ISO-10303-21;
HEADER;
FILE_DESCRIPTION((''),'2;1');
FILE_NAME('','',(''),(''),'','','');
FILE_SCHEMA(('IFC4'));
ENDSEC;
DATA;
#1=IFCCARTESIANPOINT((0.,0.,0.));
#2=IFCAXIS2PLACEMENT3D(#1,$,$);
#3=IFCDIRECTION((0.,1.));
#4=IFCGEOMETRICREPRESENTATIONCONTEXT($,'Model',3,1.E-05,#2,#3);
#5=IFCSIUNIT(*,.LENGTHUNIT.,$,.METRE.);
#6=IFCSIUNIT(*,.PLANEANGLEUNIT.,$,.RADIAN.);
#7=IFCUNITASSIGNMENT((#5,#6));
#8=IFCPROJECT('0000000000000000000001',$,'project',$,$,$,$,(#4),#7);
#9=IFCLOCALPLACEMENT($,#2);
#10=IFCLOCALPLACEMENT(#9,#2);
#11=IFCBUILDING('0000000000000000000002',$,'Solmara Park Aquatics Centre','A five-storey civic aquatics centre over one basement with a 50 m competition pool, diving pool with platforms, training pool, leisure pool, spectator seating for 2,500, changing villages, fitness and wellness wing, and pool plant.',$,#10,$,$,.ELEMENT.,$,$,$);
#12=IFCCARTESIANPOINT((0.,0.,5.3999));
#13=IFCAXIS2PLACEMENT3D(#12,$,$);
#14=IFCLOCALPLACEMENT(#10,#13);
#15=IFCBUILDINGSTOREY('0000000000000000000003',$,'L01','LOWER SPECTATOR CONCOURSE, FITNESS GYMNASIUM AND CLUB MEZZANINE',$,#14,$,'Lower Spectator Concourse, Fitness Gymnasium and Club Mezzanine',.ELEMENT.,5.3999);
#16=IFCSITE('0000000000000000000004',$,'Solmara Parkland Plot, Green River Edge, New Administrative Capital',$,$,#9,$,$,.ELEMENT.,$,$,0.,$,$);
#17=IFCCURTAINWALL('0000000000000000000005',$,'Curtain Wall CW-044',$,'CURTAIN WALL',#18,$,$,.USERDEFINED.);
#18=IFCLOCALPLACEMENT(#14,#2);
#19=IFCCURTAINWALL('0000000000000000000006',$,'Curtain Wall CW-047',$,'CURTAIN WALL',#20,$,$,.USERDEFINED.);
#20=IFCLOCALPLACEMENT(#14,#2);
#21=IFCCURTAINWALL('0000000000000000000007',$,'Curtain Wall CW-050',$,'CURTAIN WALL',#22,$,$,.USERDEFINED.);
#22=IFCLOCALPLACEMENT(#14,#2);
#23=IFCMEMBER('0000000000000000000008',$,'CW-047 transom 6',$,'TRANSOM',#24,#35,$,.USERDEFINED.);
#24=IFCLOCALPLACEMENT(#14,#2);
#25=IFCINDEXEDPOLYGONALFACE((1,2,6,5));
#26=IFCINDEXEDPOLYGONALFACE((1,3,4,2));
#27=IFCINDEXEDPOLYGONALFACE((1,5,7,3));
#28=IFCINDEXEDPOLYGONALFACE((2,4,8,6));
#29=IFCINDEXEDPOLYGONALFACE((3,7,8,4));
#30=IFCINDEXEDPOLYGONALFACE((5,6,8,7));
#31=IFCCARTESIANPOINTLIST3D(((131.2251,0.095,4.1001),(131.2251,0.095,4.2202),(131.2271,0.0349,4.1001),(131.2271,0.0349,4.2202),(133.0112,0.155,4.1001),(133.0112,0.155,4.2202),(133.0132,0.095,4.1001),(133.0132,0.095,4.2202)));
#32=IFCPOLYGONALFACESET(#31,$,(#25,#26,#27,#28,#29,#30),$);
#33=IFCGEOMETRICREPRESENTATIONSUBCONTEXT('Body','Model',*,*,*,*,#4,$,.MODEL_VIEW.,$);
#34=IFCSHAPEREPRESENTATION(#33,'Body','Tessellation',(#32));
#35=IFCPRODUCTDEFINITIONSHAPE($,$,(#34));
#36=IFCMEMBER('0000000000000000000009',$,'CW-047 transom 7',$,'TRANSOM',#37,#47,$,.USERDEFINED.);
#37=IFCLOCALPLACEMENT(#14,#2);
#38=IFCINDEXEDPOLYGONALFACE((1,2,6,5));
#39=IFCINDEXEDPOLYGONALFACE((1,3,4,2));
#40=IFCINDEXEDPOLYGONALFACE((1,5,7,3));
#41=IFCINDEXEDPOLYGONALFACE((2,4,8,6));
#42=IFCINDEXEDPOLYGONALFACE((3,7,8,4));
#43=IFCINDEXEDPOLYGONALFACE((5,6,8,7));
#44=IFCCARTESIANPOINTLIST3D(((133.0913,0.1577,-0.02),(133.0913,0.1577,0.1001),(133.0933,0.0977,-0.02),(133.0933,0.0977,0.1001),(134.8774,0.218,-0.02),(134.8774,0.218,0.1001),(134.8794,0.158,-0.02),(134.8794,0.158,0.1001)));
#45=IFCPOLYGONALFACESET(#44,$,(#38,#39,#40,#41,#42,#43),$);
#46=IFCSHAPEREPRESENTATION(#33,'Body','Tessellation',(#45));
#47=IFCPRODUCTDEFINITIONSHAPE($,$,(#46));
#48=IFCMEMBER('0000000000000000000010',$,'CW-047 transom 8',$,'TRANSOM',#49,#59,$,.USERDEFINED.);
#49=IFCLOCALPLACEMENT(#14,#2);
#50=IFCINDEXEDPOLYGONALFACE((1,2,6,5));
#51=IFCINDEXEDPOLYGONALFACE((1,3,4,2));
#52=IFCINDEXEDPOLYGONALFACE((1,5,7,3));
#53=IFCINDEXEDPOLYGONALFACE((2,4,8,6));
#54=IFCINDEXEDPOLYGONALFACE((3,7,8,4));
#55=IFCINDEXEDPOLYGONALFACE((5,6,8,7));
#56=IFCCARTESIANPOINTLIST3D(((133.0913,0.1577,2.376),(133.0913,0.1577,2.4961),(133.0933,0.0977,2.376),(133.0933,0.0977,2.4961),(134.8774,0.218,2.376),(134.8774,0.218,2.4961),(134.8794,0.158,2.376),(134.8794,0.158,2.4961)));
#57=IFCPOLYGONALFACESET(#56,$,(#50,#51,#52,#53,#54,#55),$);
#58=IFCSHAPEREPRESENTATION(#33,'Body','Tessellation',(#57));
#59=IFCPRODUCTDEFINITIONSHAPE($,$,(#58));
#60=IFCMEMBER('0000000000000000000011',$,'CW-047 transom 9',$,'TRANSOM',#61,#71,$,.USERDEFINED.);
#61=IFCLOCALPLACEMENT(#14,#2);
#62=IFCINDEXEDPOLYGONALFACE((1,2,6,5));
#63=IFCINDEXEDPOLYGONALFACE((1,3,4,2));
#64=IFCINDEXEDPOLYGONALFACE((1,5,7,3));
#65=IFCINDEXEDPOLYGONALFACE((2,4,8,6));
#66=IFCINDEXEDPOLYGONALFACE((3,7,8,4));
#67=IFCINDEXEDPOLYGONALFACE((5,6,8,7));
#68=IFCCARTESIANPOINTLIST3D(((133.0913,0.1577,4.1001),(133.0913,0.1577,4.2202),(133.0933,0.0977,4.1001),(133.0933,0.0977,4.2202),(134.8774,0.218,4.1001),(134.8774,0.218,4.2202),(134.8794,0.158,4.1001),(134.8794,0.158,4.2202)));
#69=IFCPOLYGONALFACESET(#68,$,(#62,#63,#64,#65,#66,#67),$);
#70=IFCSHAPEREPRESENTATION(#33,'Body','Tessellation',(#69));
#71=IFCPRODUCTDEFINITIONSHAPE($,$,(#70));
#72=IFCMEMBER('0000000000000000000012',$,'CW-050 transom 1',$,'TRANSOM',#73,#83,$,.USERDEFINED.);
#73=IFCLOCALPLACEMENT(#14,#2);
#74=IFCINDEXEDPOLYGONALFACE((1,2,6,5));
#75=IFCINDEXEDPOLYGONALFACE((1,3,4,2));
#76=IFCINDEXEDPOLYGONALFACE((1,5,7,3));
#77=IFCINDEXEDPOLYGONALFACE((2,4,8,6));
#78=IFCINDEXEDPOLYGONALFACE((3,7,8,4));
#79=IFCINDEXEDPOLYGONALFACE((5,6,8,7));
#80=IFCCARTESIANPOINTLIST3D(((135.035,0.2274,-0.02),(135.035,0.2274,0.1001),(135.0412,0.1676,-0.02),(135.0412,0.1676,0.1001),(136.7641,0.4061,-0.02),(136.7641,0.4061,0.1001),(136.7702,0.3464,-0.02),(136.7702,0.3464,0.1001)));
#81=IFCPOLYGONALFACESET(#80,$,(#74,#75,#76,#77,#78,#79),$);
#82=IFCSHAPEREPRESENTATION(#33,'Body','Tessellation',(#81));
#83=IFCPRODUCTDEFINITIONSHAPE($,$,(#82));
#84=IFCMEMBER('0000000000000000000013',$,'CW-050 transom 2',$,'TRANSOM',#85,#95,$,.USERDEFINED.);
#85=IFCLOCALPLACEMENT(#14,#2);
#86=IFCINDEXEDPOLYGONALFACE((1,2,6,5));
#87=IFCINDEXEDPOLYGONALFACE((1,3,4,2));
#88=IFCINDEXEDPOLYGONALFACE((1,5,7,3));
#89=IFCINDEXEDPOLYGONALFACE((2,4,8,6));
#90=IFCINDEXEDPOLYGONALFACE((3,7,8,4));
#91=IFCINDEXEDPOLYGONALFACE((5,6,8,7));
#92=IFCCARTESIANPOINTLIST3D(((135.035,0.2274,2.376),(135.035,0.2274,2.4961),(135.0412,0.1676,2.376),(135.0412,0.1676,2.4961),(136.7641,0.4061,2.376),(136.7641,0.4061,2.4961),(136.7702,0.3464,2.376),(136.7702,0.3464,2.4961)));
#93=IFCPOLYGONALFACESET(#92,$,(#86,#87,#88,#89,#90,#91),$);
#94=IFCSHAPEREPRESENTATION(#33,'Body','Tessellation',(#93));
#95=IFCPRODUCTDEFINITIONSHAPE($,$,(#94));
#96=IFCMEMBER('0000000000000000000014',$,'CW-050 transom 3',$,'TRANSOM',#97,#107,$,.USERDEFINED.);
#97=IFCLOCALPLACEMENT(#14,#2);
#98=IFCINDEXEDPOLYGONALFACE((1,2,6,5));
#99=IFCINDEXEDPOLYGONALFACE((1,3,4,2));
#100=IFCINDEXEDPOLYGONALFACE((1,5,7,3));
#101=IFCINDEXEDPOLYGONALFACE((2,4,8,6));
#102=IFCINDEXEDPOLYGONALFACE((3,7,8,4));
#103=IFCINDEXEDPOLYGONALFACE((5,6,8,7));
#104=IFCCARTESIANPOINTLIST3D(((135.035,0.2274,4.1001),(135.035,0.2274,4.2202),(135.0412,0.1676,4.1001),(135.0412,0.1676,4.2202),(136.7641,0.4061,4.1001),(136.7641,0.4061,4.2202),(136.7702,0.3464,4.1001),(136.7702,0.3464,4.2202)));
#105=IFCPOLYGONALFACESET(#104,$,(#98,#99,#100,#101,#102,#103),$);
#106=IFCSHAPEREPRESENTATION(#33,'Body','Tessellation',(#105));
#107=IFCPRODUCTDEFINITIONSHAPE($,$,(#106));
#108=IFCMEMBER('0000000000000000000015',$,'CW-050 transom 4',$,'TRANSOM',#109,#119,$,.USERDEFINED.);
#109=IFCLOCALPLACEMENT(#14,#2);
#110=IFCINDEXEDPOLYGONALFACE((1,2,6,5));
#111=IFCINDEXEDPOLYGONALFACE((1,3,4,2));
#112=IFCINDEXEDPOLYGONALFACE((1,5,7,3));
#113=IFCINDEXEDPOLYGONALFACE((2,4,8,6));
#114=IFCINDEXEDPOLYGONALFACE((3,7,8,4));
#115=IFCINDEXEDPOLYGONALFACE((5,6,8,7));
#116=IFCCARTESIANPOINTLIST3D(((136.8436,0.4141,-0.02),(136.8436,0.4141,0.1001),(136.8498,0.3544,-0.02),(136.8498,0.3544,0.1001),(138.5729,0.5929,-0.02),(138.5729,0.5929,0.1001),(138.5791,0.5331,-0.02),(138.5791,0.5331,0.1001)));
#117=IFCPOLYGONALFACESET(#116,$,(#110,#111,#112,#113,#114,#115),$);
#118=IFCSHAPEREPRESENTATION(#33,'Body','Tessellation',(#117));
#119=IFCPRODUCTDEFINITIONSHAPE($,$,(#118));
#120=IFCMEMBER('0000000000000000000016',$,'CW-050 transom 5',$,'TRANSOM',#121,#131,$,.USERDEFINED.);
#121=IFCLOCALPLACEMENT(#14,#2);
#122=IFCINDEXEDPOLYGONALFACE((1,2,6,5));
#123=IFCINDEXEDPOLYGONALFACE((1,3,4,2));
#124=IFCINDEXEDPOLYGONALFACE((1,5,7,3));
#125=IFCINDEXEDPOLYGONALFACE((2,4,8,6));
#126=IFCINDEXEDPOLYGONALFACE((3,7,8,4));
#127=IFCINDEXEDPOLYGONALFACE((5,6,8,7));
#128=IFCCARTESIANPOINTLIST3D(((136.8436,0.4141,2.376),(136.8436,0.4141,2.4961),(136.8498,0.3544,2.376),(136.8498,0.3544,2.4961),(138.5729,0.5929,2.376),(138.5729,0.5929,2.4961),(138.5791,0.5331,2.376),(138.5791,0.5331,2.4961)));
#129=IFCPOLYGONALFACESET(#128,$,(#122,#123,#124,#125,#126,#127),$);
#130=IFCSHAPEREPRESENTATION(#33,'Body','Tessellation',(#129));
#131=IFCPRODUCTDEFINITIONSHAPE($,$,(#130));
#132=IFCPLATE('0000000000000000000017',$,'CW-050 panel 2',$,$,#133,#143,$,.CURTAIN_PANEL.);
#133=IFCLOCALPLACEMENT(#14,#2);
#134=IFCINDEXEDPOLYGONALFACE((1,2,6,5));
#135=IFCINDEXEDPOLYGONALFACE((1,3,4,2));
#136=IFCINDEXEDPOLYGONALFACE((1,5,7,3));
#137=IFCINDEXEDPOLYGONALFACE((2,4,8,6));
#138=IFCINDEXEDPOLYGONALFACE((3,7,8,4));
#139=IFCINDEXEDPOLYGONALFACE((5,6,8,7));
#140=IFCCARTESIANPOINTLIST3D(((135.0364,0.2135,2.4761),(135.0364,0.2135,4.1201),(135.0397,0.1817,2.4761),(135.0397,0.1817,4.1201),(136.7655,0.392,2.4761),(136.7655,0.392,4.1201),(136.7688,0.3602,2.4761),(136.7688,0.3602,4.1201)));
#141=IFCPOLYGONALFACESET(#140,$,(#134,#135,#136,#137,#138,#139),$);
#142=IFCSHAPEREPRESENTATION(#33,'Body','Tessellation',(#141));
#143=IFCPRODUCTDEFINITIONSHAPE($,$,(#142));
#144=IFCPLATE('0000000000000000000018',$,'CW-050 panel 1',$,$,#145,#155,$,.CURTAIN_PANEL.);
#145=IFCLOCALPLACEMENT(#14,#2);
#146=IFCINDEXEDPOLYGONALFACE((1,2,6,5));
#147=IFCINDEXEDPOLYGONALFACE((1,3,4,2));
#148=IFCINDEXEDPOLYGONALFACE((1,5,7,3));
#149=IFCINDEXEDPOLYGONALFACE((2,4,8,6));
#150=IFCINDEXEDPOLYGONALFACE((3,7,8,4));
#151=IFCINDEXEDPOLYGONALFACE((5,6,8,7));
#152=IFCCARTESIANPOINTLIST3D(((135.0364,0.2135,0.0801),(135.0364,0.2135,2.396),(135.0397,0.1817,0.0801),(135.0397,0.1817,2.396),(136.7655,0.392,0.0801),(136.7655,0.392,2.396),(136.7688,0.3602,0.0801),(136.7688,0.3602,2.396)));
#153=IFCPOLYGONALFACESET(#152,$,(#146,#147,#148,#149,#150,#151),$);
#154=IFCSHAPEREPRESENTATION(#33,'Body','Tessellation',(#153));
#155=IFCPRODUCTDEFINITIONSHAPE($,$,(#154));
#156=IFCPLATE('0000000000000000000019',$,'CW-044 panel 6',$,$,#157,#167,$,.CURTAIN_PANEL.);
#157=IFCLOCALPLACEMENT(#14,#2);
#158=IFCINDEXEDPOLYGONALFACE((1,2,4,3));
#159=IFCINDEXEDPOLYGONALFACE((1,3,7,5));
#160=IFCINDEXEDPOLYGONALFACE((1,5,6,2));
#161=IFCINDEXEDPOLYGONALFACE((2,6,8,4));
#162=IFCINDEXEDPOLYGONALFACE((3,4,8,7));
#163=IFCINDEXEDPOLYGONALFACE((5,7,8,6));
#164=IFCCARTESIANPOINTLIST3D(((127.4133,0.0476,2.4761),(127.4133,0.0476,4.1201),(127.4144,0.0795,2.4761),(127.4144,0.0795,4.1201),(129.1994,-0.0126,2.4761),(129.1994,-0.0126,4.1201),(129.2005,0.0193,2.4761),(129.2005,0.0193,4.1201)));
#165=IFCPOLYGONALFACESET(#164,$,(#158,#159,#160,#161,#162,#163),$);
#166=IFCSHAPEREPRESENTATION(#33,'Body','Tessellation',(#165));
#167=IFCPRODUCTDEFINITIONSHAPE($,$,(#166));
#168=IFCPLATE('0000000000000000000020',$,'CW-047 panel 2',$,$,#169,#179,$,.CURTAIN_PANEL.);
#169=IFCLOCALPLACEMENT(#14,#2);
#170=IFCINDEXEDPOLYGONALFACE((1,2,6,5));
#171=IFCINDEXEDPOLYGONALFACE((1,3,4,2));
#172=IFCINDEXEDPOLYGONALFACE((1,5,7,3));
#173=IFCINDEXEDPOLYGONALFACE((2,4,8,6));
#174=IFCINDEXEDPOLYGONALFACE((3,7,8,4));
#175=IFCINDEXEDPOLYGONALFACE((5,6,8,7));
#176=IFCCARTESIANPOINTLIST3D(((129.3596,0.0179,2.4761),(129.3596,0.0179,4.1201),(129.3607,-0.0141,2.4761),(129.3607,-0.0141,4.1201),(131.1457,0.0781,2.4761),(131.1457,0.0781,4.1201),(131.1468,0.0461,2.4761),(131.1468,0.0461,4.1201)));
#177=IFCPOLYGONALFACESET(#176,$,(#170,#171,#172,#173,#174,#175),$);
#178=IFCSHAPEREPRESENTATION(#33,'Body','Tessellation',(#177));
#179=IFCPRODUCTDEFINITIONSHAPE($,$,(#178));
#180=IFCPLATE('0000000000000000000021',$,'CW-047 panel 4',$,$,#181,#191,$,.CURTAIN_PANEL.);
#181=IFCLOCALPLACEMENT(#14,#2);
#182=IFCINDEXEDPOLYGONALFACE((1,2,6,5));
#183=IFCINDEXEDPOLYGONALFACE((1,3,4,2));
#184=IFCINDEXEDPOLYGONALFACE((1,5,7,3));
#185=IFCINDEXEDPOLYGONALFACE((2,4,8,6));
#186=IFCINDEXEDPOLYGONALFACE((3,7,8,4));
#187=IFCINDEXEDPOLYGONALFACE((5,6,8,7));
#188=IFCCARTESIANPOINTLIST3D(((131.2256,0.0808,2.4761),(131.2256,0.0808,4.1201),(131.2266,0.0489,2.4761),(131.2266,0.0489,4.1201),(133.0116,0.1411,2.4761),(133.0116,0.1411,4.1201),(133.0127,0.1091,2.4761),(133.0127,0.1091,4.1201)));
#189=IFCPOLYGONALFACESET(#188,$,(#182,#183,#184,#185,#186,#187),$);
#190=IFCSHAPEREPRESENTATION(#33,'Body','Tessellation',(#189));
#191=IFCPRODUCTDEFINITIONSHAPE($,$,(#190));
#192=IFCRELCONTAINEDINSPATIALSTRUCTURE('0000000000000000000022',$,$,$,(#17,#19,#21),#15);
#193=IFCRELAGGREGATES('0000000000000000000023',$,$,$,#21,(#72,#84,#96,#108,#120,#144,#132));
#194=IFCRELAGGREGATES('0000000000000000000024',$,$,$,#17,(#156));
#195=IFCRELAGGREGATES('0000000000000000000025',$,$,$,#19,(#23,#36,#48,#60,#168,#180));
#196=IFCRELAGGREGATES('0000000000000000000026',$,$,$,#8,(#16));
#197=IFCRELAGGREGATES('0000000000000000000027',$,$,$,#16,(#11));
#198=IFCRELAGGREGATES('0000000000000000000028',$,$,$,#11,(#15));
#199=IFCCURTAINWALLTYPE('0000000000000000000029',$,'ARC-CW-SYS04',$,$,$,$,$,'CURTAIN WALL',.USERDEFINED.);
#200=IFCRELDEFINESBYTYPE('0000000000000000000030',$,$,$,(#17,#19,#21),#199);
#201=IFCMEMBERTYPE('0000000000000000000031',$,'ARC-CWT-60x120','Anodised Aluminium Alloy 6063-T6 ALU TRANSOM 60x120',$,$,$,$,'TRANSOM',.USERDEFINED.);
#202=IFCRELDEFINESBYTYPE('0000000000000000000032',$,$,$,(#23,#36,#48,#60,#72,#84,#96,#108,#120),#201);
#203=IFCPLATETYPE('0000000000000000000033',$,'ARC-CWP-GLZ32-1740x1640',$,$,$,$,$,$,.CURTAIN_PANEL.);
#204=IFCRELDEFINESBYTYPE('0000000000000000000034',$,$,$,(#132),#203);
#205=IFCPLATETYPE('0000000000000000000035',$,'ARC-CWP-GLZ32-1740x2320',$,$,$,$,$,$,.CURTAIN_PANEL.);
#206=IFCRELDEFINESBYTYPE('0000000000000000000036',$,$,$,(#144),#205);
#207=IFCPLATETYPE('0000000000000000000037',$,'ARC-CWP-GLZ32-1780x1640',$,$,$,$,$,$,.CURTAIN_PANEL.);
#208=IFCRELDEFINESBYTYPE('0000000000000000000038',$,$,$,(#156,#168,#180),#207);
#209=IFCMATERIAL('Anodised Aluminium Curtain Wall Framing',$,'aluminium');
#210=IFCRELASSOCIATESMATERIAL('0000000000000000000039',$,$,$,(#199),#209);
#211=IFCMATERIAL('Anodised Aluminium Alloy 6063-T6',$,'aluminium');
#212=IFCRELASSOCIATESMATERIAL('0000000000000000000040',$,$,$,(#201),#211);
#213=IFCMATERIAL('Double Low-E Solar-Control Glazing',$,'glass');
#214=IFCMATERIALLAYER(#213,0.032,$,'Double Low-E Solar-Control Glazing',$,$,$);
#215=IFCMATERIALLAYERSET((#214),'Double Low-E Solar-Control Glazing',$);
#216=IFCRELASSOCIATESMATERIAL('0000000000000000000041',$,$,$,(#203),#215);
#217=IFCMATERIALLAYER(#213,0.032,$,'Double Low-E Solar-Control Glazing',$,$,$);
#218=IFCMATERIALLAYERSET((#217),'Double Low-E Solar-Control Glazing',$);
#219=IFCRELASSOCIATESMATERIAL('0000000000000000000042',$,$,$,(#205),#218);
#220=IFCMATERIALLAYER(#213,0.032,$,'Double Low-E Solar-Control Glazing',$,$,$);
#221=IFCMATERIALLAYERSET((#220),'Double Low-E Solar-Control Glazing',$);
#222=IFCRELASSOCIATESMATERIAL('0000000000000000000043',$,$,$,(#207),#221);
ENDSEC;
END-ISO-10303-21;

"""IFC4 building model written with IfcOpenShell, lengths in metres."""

from ifc_helpers import new_model, si_unit, direction, frame, origin, origin_2d, place, context, subcontext, project, spatial, rectangle, extrude, material, layer, layer_set, material_profile, profile_set, type_object, element, aggregate, save


model = new_model("IFC4")

# Units and contexts
model_context = context("Model", 3, precision=1e-05, world=origin(), true_north=direction((0.0, 1.0)))
body_context = subcontext(model_context, "Body", "Model", "MODEL_VIEW")
ifc_project = project(units=[si_unit("LENGTHUNIT", "METRE"), si_unit("PLANEANGLEUNIT", "RADIAN")], contexts=[model_context])

# Site, building, storey
site_placement = place(None, origin())
site = spatial("IfcSite", under=ifc_project, at=site_placement, Name="Solmara Parkland Plot, Green River Edge, New Administrative Capital", CompositionType="ELEMENT", RefElevation=0.0)
building_placement = place(site_placement, origin())
building = spatial("IfcBuilding", under=site, at=building_placement, Name="Solmara Park Aquatics Centre", Description="A five-storey civic aquatics centre over one basement with a 50 m competition pool, diving pool with platforms, training pool, leisure pool, spectator seating for 2,500, changing villages, fitness and wellness wing, and pool plant.", CompositionType="ELEMENT")
storey_placement = place(building_placement, frame((0.0, 0.0, 5.3999)))
storey = spatial("IfcBuildingStorey", under=building, at=storey_placement, Name="L01", Description="LOWER SPECTATOR CONCOURSE, FITNESS GYMNASIUM AND CLUB MEZZANINE", LongName="Lower Spectator Concourse, Fitness Gymnasium and Club Mezzanine", CompositionType="ELEMENT", Elevation=5.3999)

# Curtain wall
ifc_material_1 = material(Name="Anodised Aluminium Curtain Wall Framing", Category="aluminium")
curtain_wall_type = type_object("IfcCurtainWallType", Name="ARC-CW-SYS04", ElementType="CURTAIN WALL", PredefinedType="USERDEFINED", material=ifc_material_1)
curtain_wall_1_placement = place(storey_placement, origin())
curtain_wall_1 = element("IfcCurtainWall", 1, at=curtain_wall_1_placement, inside=storey, type_object=curtain_wall_type, Name="Curtain Wall CW-044", ObjectType="CURTAIN WALL", PredefinedType="USERDEFINED")
ifc_material_2 = material(Name="Anodised Aluminium Alloy 6063-T6", Category="aluminium")

# Curtain walls
curtain_wall_2_placement = place(storey_placement, origin())
curtain_wall_2 = element("IfcCurtainWall", 2, at=curtain_wall_2_placement, inside=storey, type_object=curtain_wall_type, Name="Curtain Wall CW-047", ObjectType="CURTAIN WALL", PredefinedType="USERDEFINED")
curtain_wall_3_placement = place(storey_placement, origin())
curtain_wall_3 = element("IfcCurtainWall", 3, at=curtain_wall_3_placement, inside=storey, type_object=curtain_wall_type, Name="Curtain Wall CW-050", ObjectType="CURTAIN WALL", PredefinedType="USERDEFINED")

# Members
ifc_material_profile_1 = material_profile(ifc_material_2, rectangle(XDim=0.0601, YDim=0.1201, at=origin_2d()), Name="ALU TRANSOM 60x120")
ifc_profile_set_1 = profile_set([ifc_material_profile_1], Name="Anodised Aluminium Alloy 6063-T6")
member_type_1 = type_object("IfcMemberType", Name="ARC-CWT-60x120", Description="Anodised Aluminium Alloy 6063-T6 ALU TRANSOM 60x120", ElementType="TRANSOM", PredefinedType="USERDEFINED", material=ifc_profile_set_1)
member_1_placement = place(storey_placement, frame((131.2261, 0.0649, 4.1602), z_axis=(0.999435, 0.033606, 0.0), x_axis=(-0.033606, 0.999435, 0.0)))
member_1 = element("IfcMember", 4, at=member_1_placement, type_object=member_type_1, Name="CW-047 transom 6", ObjectType="TRANSOM", PredefinedType="USERDEFINED", context=body_context, shape_type="SweptSolid", body=[
    extrude(rectangle(XDim=0.0601, YDim=0.1201, at=origin_2d()), origin(), (0.0, 0.0, 1.0), 1.7871),
])
member_2_placement = place(storey_placement, frame((133.0923, 0.1277, 0.04), z_axis=(0.999431, 0.033742, 0.0), x_axis=(-0.033742, 0.999431, 0.0)))
member_2 = element("IfcMember", 5, at=member_2_placement, type_object=member_type_1, Name="CW-047 transom 7", ObjectType="TRANSOM", PredefinedType="USERDEFINED", context=body_context, shape_type="SweptSolid", body=[
    extrude(rectangle(XDim=0.0601, YDim=0.1201, at=origin_2d()), origin(), (0.0, 0.0, 1.0), 1.7871),
])
member_3_placement = place(storey_placement, frame((133.0923, 0.1277, 2.436), z_axis=(0.999431, 0.033742, 0.0), x_axis=(-0.033742, 0.999431, 0.0)))
member_3 = element("IfcMember", 6, at=member_3_placement, type_object=member_type_1, Name="CW-047 transom 8", ObjectType="TRANSOM", PredefinedType="USERDEFINED", context=body_context, shape_type="SweptSolid", body=[
    extrude(rectangle(XDim=0.0601, YDim=0.1201, at=origin_2d()), origin(), (0.0, 0.0, 1.0), 1.7871),
])
member_4_placement = place(storey_placement, frame((133.0923, 0.1277, 4.1602), z_axis=(0.999431, 0.033742, 0.0), x_axis=(-0.033742, 0.999431, 0.0)))
member_4 = element("IfcMember", 7, at=member_4_placement, type_object=member_type_1, Name="CW-047 transom 9", ObjectType="TRANSOM", PredefinedType="USERDEFINED", context=body_context, shape_type="SweptSolid", body=[
    extrude(rectangle(XDim=0.0601, YDim=0.1201, at=origin_2d()), origin(), (0.0, 0.0, 1.0), 1.7871),
])
member_5_placement = place(storey_placement, frame((135.0381, 0.1975, 0.04), z_axis=(0.994701, 0.102813, 0.0), x_axis=(-0.102813, 0.994701, 0.0)))
member_5 = element("IfcMember", 8, at=member_5_placement, type_object=member_type_1, Name="CW-050 transom 1", ObjectType="TRANSOM", PredefinedType="USERDEFINED", context=body_context, shape_type="SweptSolid", body=[
    extrude(rectangle(XDim=0.0601, YDim=0.1201, at=origin_2d()), origin(), (0.0, 0.0, 1.0), 1.7383),
])
member_6_placement = place(storey_placement, frame((135.0381, 0.1975, 2.436), z_axis=(0.994701, 0.102813, 0.0), x_axis=(-0.102813, 0.994701, 0.0)))
member_6 = element("IfcMember", 9, at=member_6_placement, type_object=member_type_1, Name="CW-050 transom 2", ObjectType="TRANSOM", PredefinedType="USERDEFINED", context=body_context, shape_type="SweptSolid", body=[
    extrude(rectangle(XDim=0.0601, YDim=0.1201, at=origin_2d()), origin(), (0.0, 0.0, 1.0), 1.7383),
])
member_7_placement = place(storey_placement, frame((135.0381, 0.1975, 4.1602), z_axis=(0.994701, 0.102813, 0.0), x_axis=(-0.102813, 0.994701, 0.0)))
member_7 = element("IfcMember", 10, at=member_7_placement, type_object=member_type_1, Name="CW-050 transom 3", ObjectType="TRANSOM", PredefinedType="USERDEFINED", context=body_context, shape_type="SweptSolid", body=[
    extrude(rectangle(XDim=0.0601, YDim=0.1201, at=origin_2d()), origin(), (0.0, 0.0, 1.0), 1.7383),
])
member_8_placement = place(storey_placement, frame((136.8467, 0.3843, 0.04), z_axis=(0.994702, 0.102799, 0.0), x_axis=(-0.102799, 0.994702, 0.0)))
member_8 = element("IfcMember", 11, at=member_8_placement, type_object=member_type_1, Name="CW-050 transom 4", ObjectType="TRANSOM", PredefinedType="USERDEFINED", context=body_context, shape_type="SweptSolid", body=[
    extrude(rectangle(XDim=0.0601, YDim=0.1201, at=origin_2d()), origin(), (0.0, 0.0, 1.0), 1.7385),
])
member_9_placement = place(storey_placement, frame((136.8467, 0.3843, 2.436), z_axis=(0.994702, 0.102799, 0.0), x_axis=(-0.102799, 0.994702, 0.0)))
member_9 = element("IfcMember", 12, at=member_9_placement, type_object=member_type_1, Name="CW-050 transom 5", ObjectType="TRANSOM", PredefinedType="USERDEFINED", context=body_context, shape_type="SweptSolid", body=[
    extrude(rectangle(XDim=0.0601, YDim=0.1201, at=origin_2d()), origin(), (0.0, 0.0, 1.0), 1.7385),
])

# Plates
ifc_material_3 = material(Name="Double Low-E Solar-Control Glazing", Category="glass")
ifc_layer_1 = layer(ifc_material_3, 0.032, Name="Double Low-E Solar-Control Glazing")
ifc_layer_set_1 = layer_set([ifc_layer_1], Name="Double Low-E Solar-Control Glazing")
plate_type_1 = type_object("IfcPlateType", Name="ARC-CWP-GLZ32-1740x1640", PredefinedType="CURTAIN_PANEL", material=ifc_layer_set_1)
plate_1_placement = place(storey_placement, frame((135.9026, 0.2869, 2.4761), z_axis=(0.0, 0.0, 1.0), x_axis=(0.994711, 0.102709, 0.0)))
plate_1 = element("IfcPlate", 13, at=plate_1_placement, type_object=plate_type_1, Name="CW-050 panel 2", PredefinedType="CURTAIN_PANEL", context=body_context, shape_type="SweptSolid", body=[
    extrude(rectangle(XDim=1.7383, YDim=0.032, at=origin_2d()), origin(), (0.0, 0.0, 1.0), 1.644),
])
ifc_layer_2 = layer(ifc_material_3, 0.032, Name="Double Low-E Solar-Control Glazing")
ifc_layer_set_2 = layer_set([ifc_layer_2], Name="Double Low-E Solar-Control Glazing")
plate_type_2 = type_object("IfcPlateType", Name="ARC-CWP-GLZ32-1740x2320", PredefinedType="CURTAIN_PANEL", material=ifc_layer_set_2)
plate_2_placement = place(storey_placement, frame((135.9026, 0.2869, 0.0801), z_axis=(0.0, 0.0, 1.0), x_axis=(0.994711, 0.102709, 0.0)))
plate_2 = element("IfcPlate", 14, at=plate_2_placement, type_object=plate_type_2, Name="CW-050 panel 1", PredefinedType="CURTAIN_PANEL", context=body_context, shape_type="SweptSolid", body=[
    extrude(rectangle(XDim=1.7383, YDim=0.032, at=origin_2d()), origin(), (0.0, 0.0, 1.0), 2.3159),
])
aggregate(curtain_wall_3, [member_5, member_6, member_7, member_8, member_9, plate_2, plate_1])
ifc_layer_3 = layer(ifc_material_3, 0.032, Name="Double Low-E Solar-Control Glazing")
ifc_layer_set_3 = layer_set([ifc_layer_3], Name="Double Low-E Solar-Control Glazing")
plate_type_3 = type_object("IfcPlateType", Name="ARC-CWP-GLZ32-1780x1640", PredefinedType="CURTAIN_PANEL", material=ifc_layer_set_3)
plate_3_placement = place(storey_placement, frame((128.3069, 0.0334, 2.4761), z_axis=(0.0, 0.0, 1.0), x_axis=(0.999432, -0.033689, 0.0)))
plate_3 = element("IfcPlate", 15, at=plate_3_placement, type_object=plate_type_3, Name="CW-044 panel 6", PredefinedType="CURTAIN_PANEL", context=body_context, shape_type="SweptSolid", body=[
    extrude(rectangle(XDim=1.7871, YDim=0.032, at=origin_2d()), origin(), (0.0, 0.0, 1.0), 1.644),
])
plate_4_placement = place(storey_placement, frame((130.2532, 0.032, 2.4761), z_axis=(0.0, 0.0, 1.0), x_axis=(0.999432, 0.033689, 0.0)))
plate_4 = element("IfcPlate", 16, at=plate_4_placement, type_object=plate_type_3, Name="CW-047 panel 2", PredefinedType="CURTAIN_PANEL", context=body_context, shape_type="SweptSolid", body=[
    extrude(rectangle(XDim=1.7871, YDim=0.032, at=origin_2d()), origin(), (0.0, 0.0, 1.0), 1.644),
])
plate_5_placement = place(storey_placement, frame((132.1191, 0.095, 2.4761), z_axis=(0.0, 0.0, 1.0), x_axis=(0.999432, 0.033689, 0.0)))
plate_5 = element("IfcPlate", 17, at=plate_5_placement, type_object=plate_type_3, Name="CW-047 panel 4", PredefinedType="CURTAIN_PANEL", context=body_context, shape_type="SweptSolid", body=[
    extrude(rectangle(XDim=1.7871, YDim=0.032, at=origin_2d()), origin(), (0.0, 0.0, 1.0), 1.644),
])
aggregate(curtain_wall_1, [plate_3])
aggregate(curtain_wall_2, [member_1, member_2, member_3, member_4, plate_4, plate_5])

save(model, "model.ifc")
